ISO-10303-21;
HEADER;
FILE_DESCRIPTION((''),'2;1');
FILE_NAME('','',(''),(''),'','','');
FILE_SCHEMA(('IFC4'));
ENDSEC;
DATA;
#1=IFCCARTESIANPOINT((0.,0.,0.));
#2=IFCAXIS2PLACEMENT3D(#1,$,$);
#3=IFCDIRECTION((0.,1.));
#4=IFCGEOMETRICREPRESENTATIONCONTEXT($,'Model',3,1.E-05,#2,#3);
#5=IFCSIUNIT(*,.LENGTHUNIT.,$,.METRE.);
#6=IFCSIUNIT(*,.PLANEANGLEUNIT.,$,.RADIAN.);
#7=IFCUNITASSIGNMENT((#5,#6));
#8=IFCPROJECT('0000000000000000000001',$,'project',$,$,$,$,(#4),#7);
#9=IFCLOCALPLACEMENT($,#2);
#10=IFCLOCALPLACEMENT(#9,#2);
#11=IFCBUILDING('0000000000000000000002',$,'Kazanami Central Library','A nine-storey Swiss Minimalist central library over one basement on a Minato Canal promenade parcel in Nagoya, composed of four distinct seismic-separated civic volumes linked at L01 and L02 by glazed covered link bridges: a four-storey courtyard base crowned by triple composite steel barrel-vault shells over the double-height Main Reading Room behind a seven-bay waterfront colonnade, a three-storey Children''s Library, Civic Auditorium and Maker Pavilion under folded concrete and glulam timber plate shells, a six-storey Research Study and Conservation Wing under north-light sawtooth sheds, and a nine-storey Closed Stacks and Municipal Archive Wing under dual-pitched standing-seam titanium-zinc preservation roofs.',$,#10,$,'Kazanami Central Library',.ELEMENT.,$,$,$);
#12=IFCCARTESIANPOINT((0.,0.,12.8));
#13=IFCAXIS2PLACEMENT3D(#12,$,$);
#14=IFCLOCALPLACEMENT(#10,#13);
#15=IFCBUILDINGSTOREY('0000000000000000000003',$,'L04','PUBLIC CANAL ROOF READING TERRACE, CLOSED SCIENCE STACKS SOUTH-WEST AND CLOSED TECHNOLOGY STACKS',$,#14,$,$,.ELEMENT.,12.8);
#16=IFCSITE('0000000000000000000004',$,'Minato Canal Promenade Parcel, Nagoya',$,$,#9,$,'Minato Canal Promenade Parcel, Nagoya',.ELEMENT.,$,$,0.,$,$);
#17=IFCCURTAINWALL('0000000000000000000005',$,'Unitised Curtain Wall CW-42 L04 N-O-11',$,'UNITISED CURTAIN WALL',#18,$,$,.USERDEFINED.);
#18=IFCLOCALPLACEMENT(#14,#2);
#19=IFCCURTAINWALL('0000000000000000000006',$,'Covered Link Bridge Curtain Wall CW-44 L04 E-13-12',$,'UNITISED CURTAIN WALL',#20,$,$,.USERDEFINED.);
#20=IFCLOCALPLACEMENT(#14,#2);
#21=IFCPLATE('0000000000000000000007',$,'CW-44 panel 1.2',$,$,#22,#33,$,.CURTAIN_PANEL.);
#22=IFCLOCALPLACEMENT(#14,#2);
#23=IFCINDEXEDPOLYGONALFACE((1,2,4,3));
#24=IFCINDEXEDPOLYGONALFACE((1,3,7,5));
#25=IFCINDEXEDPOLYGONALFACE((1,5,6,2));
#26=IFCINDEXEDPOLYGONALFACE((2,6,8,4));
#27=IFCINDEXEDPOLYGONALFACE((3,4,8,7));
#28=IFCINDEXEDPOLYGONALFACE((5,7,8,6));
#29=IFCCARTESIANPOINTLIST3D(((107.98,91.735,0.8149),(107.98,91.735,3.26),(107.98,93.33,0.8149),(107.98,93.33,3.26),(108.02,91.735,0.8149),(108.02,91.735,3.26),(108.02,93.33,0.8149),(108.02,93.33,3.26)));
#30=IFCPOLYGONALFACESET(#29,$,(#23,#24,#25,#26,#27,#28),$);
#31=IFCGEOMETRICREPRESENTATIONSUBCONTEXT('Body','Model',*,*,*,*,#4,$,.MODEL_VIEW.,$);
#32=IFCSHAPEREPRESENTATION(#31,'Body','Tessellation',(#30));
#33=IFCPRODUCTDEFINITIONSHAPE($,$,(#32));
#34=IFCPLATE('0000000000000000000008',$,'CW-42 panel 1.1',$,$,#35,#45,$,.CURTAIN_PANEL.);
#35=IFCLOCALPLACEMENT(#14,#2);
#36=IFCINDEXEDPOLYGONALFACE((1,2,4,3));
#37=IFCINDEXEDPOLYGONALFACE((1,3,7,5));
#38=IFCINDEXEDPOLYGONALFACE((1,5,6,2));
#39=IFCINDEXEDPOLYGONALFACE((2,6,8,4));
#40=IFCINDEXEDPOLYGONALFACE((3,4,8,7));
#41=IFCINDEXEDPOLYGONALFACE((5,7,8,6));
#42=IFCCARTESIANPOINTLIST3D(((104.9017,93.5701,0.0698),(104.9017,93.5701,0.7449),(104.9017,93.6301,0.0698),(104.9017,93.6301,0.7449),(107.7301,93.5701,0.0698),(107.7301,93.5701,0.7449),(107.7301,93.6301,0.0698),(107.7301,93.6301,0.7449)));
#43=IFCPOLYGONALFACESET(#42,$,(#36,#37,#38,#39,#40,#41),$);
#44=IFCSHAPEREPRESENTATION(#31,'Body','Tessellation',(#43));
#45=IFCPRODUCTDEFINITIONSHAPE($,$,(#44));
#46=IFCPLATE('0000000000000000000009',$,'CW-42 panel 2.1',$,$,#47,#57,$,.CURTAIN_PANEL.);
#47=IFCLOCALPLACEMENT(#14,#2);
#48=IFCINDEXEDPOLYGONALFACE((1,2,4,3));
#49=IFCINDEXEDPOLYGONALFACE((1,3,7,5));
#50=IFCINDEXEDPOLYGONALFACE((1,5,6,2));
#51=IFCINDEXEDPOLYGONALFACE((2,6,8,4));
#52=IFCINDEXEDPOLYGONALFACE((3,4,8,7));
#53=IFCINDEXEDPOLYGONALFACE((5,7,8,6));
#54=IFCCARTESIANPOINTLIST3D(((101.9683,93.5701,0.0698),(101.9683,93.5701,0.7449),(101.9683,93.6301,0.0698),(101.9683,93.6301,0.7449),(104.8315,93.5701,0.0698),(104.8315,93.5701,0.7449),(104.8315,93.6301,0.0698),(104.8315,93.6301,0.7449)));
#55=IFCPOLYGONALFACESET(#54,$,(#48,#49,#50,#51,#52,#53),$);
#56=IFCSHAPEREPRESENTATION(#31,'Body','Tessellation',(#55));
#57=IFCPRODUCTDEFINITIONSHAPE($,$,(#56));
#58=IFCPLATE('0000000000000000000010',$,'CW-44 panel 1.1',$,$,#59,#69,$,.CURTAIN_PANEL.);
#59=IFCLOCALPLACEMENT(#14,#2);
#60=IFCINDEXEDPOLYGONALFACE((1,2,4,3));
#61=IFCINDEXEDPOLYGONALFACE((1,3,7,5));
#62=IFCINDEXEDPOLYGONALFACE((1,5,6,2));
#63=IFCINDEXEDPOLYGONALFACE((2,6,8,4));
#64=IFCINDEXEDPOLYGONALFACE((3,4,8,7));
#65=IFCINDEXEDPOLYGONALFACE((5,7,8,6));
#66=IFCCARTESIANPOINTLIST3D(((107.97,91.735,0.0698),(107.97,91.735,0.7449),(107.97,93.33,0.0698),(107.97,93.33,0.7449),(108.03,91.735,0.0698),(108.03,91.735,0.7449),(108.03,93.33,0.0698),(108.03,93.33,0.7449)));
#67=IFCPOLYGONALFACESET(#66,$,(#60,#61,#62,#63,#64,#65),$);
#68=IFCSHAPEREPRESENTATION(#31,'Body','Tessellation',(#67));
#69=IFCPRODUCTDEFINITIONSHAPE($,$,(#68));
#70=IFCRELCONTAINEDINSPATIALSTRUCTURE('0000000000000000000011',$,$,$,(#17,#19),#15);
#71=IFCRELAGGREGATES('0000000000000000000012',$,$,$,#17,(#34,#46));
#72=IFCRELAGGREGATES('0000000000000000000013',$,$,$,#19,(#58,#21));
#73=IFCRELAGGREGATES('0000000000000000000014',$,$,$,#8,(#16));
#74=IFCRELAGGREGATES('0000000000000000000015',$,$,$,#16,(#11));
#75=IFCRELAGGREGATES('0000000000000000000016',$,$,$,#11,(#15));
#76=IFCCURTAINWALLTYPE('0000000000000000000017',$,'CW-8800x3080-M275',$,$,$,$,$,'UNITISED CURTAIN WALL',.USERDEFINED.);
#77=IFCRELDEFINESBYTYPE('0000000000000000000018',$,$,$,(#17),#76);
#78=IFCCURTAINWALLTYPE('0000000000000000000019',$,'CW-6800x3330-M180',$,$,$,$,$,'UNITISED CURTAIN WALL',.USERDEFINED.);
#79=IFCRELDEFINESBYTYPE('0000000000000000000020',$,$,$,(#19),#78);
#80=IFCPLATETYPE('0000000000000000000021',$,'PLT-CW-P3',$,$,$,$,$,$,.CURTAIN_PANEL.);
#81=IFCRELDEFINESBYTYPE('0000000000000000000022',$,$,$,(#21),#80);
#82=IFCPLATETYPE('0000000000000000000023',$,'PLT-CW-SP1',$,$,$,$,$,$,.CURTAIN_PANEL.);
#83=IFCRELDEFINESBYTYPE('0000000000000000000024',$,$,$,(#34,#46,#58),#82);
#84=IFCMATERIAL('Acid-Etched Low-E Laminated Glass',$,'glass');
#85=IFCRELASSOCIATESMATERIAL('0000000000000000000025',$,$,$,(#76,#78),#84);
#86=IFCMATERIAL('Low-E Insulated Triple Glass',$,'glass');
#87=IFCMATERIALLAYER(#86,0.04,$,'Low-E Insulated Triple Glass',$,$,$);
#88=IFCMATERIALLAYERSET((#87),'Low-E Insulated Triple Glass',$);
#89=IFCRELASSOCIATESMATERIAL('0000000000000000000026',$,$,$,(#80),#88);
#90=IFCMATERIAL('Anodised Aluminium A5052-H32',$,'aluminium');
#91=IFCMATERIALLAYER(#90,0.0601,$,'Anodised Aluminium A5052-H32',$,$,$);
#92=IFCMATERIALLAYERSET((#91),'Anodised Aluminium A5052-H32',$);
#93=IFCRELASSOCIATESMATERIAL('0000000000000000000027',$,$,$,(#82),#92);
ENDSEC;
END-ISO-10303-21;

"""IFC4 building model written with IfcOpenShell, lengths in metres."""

from ifc_helpers import new_model, si_unit, direction, frame, origin, origin_2d, place, context, subcontext, project, spatial, rectangle, extrude, material, layer, layer_set, type_object, element, aggregate, save


model = new_model("IFC4")

# Units and contexts
model_context = context("Model", 3, precision=1e-05, world=origin(), true_north=direction((0.0, 1.0)))
body_context = subcontext(model_context, "Body", "Model", "MODEL_VIEW")
ifc_project = project(units=[si_unit("LENGTHUNIT", "METRE"), si_unit("PLANEANGLEUNIT", "RADIAN")], contexts=[model_context])

# Site, building, storey
site_placement = place(None, origin())
site = spatial("IfcSite", under=ifc_project, at=site_placement, Name="Minato Canal Promenade Parcel, Nagoya", LongName="Minato Canal Promenade Parcel, Nagoya", CompositionType="ELEMENT", RefElevation=0.0)
building_placement = place(site_placement, origin())
building = spatial("IfcBuilding", under=site, at=building_placement, Name="Kazanami Central Library", Description="A nine-storey Swiss Minimalist central library over one basement on a Minato Canal promenade parcel in Nagoya, composed of four distinct seismic-separated civic volumes linked at L01 and L02 by glazed covered link bridges: a four-storey courtyard base crowned by triple composite steel barrel-vault shells over the double-height Main Reading Room behind a seven-bay waterfront colonnade, a three-storey Children's Library, Civic Auditorium and Maker Pavilion under folded concrete and glulam timber plate shells, a six-storey Research Study and Conservation Wing under north-light sawtooth sheds, and a nine-storey Closed Stacks and Municipal Archive Wing under dual-pitched standing-seam titanium-zinc preservation roofs.", LongName="Kazanami Central Library", CompositionType="ELEMENT")
storey_placement = place(building_placement, frame((0.0, 0.0, 12.8)))
storey = spatial("IfcBuildingStorey", under=building, at=storey_placement, Name="L04", Description="PUBLIC CANAL ROOF READING TERRACE, CLOSED SCIENCE STACKS SOUTH-WEST AND CLOSED TECHNOLOGY STACKS", CompositionType="ELEMENT", Elevation=12.8)

# Curtain walls
ifc_material_1 = material(Name="Acid-Etched Low-E Laminated Glass", Category="glass")
curtain_wall_type_1 = type_object("IfcCurtainWallType", Name="CW-8800x3080-M275", ElementType="UNITISED CURTAIN WALL", PredefinedType="USERDEFINED", material=ifc_material_1)
curtain_wall_1_placement = place(storey_placement, origin())
curtain_wall_1 = element("IfcCurtainWall", 1, at=curtain_wall_1_placement, inside=storey, type_object=curtain_wall_type_1, Name="Unitised Curtain Wall CW-42 L04 N-O-11", ObjectType="UNITISED CURTAIN WALL", PredefinedType="USERDEFINED")
curtain_wall_type_2 = type_object("IfcCurtainWallType", Name="CW-6800x3330-M180", ElementType="UNITISED CURTAIN WALL", PredefinedType="USERDEFINED", material=ifc_material_1)
curtain_wall_2_placement = place(storey_placement, origin())
curtain_wall_2 = element("IfcCurtainWall", 2, at=curtain_wall_2_placement, inside=storey, type_object=curtain_wall_type_2, Name="Covered Link Bridge Curtain Wall CW-44 L04 E-13-12", ObjectType="UNITISED CURTAIN WALL", PredefinedType="USERDEFINED")

# Plates
ifc_material_2 = material(Name="Low-E Insulated Triple Glass", Category="glass")
ifc_layer_1 = layer(ifc_material_2, 0.04, Name="Low-E Insulated Triple Glass")
ifc_layer_set_1 = layer_set([ifc_layer_1], Name="Low-E Insulated Triple Glass")
plate_type_1 = type_object("IfcPlateType", Name="PLT-CW-P3", PredefinedType="CURTAIN_PANEL", material=ifc_layer_set_1)
plate_1_placement = place(storey_placement, frame((108.0, 92.5325, 0.8149), z_axis=(0.0, 0.0, 1.0), x_axis=(0.0, -1.0, 0.0)))
plate_1 = element("IfcPlate", 3, at=plate_1_placement, type_object=plate_type_1, Name="CW-44 panel 1.2", PredefinedType="CURTAIN_PANEL", context=body_context, shape_type="SweptSolid", body=[
    extrude(rectangle(XDim=1.595, YDim=0.04, at=origin_2d()), origin(), (0.0, 0.0, 1.0), 2.4451),
])
ifc_material_3 = material(Name="Anodised Aluminium A5052-H32", Category="aluminium")
ifc_layer_2 = layer(ifc_material_3, 0.0601, Name="Anodised Aluminium A5052-H32")
ifc_layer_set_2 = layer_set([ifc_layer_2], Name="Anodised Aluminium A5052-H32")
plate_type_2 = type_object("IfcPlateType", Name="PLT-CW-SP1", PredefinedType="CURTAIN_PANEL", material=ifc_layer_set_2)
plate_2_placement = place(storey_placement, frame((106.3159, 93.6001, 0.0698), z_axis=(0.0, 0.0, 1.0), x_axis=(-1.0, 0.0, 0.0)))
plate_2 = element("IfcPlate", 4, at=plate_2_placement, type_object=plate_type_2, Name="CW-42 panel 1.1", PredefinedType="CURTAIN_PANEL", context=body_context, shape_type="SweptSolid", body=[
    extrude(rectangle(XDim=2.8284, YDim=0.0601, at=origin_2d()), origin(), (0.0, 0.0, 1.0), 0.675),
])
plate_3_placement = place(storey_placement, frame((103.3999, 93.6001, 0.0698), z_axis=(0.0, 0.0, 1.0), x_axis=(-1.0, 0.0, 0.0)))
plate_3 = element("IfcPlate", 5, at=plate_3_placement, type_object=plate_type_2, Name="CW-42 panel 2.1", PredefinedType="CURTAIN_PANEL", context=body_context, shape_type="SweptSolid", body=[
    extrude(rectangle(XDim=2.8633, YDim=0.0601, at=origin_2d()), origin(), (0.0, 0.0, 1.0), 0.675),
])
aggregate(curtain_wall_1, [plate_2, plate_3])
plate_4_placement = place(storey_placement, frame((108.0, 92.5325, 0.0698), z_axis=(0.0, 0.0, 1.0), x_axis=(0.0, -1.0, 0.0)))
plate_4 = element("IfcPlate", 6, at=plate_4_placement, type_object=plate_type_2, Name="CW-44 panel 1.1", PredefinedType="CURTAIN_PANEL", context=body_context, shape_type="SweptSolid", body=[
    extrude(rectangle(XDim=1.595, YDim=0.0601, at=origin_2d()), origin(), (0.0, 0.0, 1.0), 0.675),
])
aggregate(curtain_wall_2, [plate_4, plate_1])

save(model, "model.ifc")
